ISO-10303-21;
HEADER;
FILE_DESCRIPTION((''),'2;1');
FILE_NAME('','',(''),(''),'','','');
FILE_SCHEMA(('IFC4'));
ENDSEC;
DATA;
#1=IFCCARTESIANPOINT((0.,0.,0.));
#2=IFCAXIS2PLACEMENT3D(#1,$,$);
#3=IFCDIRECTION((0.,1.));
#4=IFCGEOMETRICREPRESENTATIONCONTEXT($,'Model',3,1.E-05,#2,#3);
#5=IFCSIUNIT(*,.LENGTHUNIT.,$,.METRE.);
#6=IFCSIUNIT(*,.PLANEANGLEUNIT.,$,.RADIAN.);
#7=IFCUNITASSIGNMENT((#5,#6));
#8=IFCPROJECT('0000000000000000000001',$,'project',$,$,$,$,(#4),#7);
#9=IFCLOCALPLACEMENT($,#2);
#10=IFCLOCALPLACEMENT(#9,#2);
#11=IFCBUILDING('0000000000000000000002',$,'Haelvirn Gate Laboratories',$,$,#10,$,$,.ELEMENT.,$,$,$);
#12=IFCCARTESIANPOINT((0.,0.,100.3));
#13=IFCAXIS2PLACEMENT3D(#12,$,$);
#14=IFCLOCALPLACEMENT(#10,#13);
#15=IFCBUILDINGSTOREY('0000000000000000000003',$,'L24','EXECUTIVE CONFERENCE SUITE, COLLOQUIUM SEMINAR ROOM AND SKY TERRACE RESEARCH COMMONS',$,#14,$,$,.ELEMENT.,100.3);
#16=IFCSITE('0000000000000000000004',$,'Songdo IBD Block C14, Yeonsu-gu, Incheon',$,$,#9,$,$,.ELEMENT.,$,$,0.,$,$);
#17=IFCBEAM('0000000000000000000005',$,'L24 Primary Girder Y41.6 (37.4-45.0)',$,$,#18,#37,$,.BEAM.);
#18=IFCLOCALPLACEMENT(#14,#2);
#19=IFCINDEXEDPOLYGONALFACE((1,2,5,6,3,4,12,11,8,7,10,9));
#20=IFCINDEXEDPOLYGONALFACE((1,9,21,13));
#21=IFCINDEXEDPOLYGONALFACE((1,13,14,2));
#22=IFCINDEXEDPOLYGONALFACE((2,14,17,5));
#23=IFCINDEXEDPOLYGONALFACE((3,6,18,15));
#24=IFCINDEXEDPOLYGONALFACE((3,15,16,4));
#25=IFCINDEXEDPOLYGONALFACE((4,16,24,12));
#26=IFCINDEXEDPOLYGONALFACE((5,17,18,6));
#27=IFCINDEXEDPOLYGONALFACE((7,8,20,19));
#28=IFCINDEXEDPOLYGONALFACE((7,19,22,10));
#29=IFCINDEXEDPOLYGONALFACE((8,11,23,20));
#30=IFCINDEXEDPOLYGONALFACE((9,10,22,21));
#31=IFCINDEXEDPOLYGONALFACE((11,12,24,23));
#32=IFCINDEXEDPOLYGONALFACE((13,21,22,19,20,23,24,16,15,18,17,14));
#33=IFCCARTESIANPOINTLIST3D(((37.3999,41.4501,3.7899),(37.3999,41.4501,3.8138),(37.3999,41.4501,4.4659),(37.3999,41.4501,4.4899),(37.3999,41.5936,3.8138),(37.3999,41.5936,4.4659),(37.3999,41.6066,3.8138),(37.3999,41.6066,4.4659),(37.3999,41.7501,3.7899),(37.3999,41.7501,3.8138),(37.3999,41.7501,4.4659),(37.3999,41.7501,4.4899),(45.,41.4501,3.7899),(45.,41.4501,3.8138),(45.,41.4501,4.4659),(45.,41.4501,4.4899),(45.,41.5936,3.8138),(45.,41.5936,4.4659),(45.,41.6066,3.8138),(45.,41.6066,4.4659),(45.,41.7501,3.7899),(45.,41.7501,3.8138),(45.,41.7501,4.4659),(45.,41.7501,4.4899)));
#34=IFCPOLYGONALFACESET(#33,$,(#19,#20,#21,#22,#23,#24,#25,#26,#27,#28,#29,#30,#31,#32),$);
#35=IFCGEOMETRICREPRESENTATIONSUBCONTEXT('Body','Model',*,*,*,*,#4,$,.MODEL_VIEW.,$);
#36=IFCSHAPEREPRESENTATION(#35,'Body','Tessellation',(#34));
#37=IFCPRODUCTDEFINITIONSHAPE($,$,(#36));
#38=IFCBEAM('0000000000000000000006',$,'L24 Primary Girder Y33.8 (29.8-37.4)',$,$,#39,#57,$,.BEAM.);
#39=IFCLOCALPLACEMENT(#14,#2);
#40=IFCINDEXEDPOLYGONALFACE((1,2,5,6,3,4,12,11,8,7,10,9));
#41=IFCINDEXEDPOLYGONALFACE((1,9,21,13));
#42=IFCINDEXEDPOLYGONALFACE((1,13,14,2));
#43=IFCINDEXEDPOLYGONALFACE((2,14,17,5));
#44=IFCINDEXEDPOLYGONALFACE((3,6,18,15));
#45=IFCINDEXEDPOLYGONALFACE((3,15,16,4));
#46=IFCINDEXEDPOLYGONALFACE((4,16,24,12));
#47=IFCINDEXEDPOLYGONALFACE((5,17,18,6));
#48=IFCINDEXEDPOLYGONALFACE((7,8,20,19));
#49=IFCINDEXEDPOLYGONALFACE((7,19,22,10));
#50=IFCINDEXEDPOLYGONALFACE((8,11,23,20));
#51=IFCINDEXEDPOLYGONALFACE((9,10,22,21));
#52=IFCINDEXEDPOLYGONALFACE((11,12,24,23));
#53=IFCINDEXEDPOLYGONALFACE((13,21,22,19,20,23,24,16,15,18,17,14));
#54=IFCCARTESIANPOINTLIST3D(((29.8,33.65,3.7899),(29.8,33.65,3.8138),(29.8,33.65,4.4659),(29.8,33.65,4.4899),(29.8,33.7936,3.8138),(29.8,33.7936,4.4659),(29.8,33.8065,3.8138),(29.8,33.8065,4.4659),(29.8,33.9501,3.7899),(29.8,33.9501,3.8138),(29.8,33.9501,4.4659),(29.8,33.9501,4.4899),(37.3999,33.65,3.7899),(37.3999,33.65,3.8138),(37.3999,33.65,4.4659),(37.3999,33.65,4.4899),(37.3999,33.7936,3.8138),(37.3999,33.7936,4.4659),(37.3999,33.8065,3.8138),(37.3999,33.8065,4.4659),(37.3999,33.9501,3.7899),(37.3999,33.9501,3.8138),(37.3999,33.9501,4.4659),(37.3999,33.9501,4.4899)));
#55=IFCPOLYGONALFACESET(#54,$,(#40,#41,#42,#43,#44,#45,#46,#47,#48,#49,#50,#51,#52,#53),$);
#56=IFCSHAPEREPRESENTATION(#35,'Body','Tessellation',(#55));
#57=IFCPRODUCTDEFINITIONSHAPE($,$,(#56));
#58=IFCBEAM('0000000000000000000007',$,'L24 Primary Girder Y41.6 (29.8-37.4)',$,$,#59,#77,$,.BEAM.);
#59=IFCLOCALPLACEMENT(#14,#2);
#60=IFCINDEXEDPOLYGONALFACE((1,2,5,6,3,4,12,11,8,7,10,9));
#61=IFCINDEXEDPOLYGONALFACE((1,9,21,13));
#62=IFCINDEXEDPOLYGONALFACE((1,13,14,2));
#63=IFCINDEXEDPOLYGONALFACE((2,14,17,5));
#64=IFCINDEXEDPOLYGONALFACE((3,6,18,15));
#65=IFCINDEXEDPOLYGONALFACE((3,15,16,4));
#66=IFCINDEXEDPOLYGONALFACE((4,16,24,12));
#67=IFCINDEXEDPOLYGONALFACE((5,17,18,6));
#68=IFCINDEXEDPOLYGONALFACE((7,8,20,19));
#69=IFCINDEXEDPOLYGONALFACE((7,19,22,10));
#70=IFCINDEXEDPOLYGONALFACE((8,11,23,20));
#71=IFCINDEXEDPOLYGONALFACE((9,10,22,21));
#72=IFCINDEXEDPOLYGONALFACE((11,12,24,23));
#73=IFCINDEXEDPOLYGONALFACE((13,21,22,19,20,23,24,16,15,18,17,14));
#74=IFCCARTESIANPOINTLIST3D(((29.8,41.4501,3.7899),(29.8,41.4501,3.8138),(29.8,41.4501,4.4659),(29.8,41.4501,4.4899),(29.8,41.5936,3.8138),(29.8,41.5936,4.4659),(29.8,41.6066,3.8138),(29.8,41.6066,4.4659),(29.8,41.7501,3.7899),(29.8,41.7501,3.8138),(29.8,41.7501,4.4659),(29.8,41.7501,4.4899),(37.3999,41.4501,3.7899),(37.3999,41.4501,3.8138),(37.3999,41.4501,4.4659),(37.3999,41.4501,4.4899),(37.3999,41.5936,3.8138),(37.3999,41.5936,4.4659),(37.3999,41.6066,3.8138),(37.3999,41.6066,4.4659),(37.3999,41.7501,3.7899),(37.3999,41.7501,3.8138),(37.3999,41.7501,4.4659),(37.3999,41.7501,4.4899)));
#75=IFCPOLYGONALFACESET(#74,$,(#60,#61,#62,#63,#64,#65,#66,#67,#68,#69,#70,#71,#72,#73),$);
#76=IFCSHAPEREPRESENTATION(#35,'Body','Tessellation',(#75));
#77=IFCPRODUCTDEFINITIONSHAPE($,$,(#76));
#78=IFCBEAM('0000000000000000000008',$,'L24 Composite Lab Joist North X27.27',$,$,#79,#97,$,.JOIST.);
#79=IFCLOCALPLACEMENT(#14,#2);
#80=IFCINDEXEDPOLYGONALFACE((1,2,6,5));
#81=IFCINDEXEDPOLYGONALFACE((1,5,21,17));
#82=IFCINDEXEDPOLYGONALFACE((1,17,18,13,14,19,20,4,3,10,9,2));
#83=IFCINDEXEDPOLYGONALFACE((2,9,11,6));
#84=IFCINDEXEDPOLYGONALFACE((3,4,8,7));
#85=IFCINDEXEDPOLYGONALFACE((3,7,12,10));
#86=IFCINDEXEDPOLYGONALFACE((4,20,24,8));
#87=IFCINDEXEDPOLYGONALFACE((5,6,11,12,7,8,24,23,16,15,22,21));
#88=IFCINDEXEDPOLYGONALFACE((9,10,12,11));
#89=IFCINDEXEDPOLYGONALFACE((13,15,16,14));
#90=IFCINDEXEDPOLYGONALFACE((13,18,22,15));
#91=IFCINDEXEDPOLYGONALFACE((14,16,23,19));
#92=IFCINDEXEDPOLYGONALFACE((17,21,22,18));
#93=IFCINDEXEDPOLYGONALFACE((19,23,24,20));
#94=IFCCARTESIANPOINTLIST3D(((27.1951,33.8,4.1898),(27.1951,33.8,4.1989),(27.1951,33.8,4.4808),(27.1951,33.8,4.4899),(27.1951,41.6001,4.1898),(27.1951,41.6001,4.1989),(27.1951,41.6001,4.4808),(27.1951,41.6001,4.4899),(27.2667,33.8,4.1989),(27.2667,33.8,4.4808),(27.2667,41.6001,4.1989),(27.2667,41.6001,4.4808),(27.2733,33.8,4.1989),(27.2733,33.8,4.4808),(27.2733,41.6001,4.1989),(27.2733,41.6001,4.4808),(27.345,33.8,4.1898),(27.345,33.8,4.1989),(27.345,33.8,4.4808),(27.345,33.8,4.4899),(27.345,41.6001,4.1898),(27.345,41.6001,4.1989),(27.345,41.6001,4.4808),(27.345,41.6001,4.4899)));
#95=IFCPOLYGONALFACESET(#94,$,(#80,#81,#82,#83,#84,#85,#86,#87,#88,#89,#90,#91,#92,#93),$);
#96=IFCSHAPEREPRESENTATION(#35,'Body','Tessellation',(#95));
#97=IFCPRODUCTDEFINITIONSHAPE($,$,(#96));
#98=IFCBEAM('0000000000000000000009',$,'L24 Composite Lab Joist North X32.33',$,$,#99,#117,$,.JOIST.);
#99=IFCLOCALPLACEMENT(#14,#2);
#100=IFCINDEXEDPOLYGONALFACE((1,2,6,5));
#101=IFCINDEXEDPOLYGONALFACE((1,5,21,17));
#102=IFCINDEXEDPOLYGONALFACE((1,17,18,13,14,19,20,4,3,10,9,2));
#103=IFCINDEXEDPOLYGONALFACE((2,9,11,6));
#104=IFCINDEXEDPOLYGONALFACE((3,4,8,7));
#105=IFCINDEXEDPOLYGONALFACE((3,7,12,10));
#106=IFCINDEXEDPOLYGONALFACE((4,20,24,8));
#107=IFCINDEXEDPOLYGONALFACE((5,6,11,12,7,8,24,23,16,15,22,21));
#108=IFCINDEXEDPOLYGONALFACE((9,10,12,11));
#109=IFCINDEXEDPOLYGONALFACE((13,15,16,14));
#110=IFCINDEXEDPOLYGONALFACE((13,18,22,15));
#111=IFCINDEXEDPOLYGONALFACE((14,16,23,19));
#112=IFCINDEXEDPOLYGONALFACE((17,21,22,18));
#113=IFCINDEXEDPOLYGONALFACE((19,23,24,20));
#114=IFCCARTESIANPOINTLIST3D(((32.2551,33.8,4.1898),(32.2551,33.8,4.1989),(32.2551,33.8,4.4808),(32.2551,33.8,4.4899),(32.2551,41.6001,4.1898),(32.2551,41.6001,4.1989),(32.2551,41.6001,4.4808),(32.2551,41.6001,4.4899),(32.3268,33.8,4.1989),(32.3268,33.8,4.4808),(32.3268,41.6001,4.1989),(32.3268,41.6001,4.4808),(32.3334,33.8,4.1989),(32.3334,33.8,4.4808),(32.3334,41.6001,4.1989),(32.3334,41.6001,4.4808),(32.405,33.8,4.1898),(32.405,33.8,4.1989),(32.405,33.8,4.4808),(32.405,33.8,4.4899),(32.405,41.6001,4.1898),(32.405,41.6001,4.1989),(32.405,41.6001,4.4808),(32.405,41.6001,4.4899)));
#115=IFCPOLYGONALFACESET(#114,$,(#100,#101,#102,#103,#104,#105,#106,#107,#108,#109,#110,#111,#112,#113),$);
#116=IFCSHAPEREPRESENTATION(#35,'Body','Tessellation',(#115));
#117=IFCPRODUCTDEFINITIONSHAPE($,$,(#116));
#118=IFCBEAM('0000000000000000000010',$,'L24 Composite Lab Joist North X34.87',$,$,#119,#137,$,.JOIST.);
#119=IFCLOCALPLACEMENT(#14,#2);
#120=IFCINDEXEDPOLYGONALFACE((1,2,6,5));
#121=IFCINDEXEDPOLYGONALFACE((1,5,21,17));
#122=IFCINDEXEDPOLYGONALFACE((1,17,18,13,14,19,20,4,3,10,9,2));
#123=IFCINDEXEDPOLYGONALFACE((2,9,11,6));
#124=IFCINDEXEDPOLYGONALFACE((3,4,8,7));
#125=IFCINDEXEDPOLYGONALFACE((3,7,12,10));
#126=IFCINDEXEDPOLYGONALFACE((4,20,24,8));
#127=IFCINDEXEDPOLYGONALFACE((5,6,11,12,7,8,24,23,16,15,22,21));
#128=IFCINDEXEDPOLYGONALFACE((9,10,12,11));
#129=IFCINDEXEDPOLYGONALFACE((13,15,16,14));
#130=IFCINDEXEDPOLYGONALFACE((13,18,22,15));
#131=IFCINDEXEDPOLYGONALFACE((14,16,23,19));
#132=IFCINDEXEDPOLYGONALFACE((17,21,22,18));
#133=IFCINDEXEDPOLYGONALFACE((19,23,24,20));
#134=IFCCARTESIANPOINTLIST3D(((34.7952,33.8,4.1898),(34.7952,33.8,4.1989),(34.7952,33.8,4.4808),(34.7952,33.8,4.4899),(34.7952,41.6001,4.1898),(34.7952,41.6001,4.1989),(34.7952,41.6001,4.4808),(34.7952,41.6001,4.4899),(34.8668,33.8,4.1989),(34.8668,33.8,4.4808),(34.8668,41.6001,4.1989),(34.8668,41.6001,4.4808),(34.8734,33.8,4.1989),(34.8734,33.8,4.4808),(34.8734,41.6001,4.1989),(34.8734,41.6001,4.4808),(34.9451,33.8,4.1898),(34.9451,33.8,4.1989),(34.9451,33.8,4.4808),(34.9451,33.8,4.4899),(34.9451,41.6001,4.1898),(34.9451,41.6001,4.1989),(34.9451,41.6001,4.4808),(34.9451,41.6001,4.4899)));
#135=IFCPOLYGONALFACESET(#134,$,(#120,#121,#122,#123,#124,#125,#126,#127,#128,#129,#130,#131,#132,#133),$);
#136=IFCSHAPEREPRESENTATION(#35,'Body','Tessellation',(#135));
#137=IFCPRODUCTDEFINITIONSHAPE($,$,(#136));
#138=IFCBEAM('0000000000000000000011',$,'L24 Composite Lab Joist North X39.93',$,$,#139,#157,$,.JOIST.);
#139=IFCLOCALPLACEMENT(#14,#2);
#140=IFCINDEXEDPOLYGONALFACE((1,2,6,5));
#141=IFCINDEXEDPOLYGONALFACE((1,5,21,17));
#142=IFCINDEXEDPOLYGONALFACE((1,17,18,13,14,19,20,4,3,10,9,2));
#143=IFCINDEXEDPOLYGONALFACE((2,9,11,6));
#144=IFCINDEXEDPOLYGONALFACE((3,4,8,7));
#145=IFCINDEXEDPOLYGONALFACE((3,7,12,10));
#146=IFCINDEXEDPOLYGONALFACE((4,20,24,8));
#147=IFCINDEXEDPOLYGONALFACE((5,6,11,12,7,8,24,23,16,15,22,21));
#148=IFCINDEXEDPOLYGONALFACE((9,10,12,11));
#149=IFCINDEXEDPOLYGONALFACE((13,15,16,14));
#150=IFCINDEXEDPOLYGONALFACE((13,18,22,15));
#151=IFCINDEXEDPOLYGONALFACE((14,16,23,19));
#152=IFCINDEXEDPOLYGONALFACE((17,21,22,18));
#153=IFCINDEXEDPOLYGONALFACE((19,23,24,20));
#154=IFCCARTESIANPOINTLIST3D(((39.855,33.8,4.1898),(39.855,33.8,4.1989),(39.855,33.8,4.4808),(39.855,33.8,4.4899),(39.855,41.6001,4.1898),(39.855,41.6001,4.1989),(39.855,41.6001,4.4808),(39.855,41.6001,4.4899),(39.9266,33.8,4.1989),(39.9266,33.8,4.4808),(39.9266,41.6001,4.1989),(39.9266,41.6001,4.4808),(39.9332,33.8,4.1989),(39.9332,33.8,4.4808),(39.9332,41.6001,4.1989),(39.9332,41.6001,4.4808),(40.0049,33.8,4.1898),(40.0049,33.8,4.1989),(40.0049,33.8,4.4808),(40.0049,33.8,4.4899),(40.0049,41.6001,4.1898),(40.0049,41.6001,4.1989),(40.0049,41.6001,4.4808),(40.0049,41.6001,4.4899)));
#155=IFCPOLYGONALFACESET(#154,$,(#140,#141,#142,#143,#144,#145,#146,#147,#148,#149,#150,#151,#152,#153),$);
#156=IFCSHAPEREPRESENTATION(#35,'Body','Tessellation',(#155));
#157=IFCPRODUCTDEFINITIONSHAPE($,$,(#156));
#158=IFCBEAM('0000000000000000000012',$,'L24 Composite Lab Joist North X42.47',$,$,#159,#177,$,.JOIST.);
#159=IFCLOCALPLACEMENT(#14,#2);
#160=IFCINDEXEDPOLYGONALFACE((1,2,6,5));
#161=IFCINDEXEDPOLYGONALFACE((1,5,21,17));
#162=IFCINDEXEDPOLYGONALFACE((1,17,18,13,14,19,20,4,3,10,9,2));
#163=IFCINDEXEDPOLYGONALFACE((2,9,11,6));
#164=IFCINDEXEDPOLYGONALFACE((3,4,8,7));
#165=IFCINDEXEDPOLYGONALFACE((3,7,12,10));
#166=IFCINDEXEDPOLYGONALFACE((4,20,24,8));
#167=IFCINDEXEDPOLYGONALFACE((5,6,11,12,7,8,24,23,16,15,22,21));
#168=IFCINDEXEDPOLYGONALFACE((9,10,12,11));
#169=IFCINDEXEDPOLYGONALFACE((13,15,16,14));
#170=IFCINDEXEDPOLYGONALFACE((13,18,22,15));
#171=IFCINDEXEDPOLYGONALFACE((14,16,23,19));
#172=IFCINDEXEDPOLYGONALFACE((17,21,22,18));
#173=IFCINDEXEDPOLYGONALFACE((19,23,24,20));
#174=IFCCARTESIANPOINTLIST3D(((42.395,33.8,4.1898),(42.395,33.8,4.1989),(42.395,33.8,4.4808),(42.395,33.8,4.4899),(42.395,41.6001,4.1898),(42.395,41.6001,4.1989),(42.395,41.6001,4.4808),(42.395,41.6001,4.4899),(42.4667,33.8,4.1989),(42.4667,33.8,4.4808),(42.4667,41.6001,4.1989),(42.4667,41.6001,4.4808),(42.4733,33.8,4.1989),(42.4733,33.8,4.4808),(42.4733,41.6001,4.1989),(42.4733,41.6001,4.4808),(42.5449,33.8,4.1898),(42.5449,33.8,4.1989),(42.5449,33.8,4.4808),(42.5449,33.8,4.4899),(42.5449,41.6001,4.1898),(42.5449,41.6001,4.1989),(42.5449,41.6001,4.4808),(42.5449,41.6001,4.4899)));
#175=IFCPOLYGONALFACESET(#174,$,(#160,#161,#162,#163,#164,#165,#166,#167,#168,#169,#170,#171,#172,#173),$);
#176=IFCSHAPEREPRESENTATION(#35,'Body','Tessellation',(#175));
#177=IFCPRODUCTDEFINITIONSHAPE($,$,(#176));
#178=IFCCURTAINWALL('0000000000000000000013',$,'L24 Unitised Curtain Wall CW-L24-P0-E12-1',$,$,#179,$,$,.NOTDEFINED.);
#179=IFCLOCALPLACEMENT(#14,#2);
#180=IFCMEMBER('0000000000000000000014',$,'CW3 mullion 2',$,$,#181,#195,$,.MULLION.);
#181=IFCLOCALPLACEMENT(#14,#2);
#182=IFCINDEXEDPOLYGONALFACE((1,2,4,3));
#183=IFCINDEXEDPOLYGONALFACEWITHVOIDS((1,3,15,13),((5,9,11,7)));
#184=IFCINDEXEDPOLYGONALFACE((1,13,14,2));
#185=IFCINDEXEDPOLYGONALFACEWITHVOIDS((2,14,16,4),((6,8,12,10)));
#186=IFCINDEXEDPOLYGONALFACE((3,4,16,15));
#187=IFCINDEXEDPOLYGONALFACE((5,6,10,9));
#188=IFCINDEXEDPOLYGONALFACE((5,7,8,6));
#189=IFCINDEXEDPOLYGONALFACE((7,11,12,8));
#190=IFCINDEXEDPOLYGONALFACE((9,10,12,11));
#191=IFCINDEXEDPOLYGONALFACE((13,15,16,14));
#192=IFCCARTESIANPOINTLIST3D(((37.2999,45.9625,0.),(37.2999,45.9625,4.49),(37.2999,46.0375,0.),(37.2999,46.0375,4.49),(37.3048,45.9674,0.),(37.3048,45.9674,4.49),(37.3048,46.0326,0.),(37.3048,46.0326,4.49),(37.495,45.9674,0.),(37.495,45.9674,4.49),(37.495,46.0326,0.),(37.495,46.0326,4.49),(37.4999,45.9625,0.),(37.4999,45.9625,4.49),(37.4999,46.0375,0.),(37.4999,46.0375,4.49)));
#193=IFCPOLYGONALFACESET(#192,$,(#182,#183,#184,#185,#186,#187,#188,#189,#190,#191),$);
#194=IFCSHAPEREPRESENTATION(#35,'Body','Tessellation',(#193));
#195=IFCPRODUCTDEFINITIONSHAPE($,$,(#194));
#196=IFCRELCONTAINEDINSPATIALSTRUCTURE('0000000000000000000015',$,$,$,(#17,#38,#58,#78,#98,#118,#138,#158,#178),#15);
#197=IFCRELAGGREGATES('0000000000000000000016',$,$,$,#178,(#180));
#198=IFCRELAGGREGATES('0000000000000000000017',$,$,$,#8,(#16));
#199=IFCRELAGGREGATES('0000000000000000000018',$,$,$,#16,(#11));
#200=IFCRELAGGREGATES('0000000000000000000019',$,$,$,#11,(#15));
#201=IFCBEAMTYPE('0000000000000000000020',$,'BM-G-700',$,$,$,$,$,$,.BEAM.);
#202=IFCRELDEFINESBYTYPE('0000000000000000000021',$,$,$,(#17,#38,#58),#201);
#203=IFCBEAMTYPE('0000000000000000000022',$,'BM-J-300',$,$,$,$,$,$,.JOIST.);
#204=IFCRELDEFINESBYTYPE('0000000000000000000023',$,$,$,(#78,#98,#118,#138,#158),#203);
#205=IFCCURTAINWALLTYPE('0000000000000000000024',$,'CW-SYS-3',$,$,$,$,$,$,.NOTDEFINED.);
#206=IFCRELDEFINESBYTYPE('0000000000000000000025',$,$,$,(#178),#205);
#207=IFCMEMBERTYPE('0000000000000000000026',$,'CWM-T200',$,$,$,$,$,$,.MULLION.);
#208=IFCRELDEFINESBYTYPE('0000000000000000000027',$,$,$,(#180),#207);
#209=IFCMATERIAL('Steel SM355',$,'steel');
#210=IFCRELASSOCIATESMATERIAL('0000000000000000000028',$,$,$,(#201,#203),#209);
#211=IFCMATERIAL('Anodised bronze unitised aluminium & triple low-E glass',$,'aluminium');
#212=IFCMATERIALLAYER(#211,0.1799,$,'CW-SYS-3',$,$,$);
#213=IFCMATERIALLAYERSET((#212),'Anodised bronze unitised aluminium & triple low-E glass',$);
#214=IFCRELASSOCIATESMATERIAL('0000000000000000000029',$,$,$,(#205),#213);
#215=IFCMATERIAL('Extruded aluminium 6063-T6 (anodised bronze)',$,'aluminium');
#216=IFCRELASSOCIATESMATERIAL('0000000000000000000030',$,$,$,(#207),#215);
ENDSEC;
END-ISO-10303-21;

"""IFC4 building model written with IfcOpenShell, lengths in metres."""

from ifc_helpers import new_model, si_unit, direction, frame, origin, origin_2d, place, context, subcontext, project, spatial, hollow_rectangle, i_section, extrude, source, transform, mapped, material, layer, layer_set, material_profile, profile_set, type_object, type_shapes, element, aggregate, save


model = new_model("IFC4")

# Units and contexts
model_context = context("Model", 3, precision=1e-05, world=origin(), true_north=direction((0.0, 1.0)))
body_context = subcontext(model_context, "Body", "Model", "MODEL_VIEW")
ifc_project = project(units=[si_unit("LENGTHUNIT", "METRE"), si_unit("PLANEANGLEUNIT", "RADIAN")], contexts=[model_context])

# Site, building, storey
site_placement = place(None, origin())
site = spatial("IfcSite", under=ifc_project, at=site_placement, Name="Songdo IBD Block C14, Yeonsu-gu, Incheon", CompositionType="ELEMENT", RefElevation=0.0)
building_placement = place(site_placement, origin())
building = spatial("IfcBuilding", under=site, at=building_placement, Name="Haelvirn Gate Laboratories", CompositionType="ELEMENT")
storey_placement = place(building_placement, frame((0.0, 0.0, 100.3)))
storey = spatial("IfcBuildingStorey", under=building, at=storey_placement, Name="L24", Description="EXECUTIVE CONFERENCE SUITE, COLLOQUIUM SEMINAR ROOM AND SKY TERRACE RESEARCH COMMONS", CompositionType="ELEMENT", Elevation=100.3)

# Shared definitions
ifc_material_1 = material(Name="Steel SM355", Category="steel")

# Beams
ifc_material_profile_1 = material_profile(ifc_material_1, i_section(OverallWidth=0.3, OverallDepth=0.7, WebThickness=0.0129, FlangeThickness=0.0239, at=origin_2d()), Name="H-700x300x13x24")
ifc_profile_set_1 = profile_set([ifc_material_profile_1], Name="Steel SM355")
beam_type_1 = type_object("IfcBeamType", Name="BM-G-700", PredefinedType="BEAM", material=ifc_profile_set_1)
shared_shape_1 = source(origin(), body_context, "Body", "SweptSolid", [
    extrude(i_section(OverallWidth=0.3, OverallDepth=0.7, WebThickness=0.0129, FlangeThickness=0.0239, at=origin_2d()), origin(), (0.0, 0.0, 1.0), 7.6001),
])
for number, where, z_axis, x_axis, name in (
    (1, (37.3999, 41.6001, 4.1399), (1.0, 0.0, 0.0), (0.0, 1.0, 0.0), "L24 Primary Girder Y41.6 (37.4-45.0)"),
):
    element("IfcBeam", number, at=place(storey_placement, frame(where, z_axis=z_axis, x_axis=x_axis)), inside=storey, type_object=beam_type_1, Name=name, PredefinedType="BEAM", context=body_context, shape_type="MappedRepresentation", body=[
        mapped(shared_shape_1, transform((0.0, 0.0, 0.0), scale=1.0)),
    ])
shared_shape_2 = source(origin(), body_context, "Body", "SweptSolid", [
    extrude(i_section(OverallWidth=0.3, OverallDepth=0.7, WebThickness=0.0129, FlangeThickness=0.0239, at=origin_2d()), origin(), (0.0, 0.0, 1.0), 7.5999),
])
type_shapes(beam_type_1, [shared_shape_1, shared_shape_2])
for number, where, z_axis, x_axis, name in (
    (2, (29.8, 33.8, 4.1399), (1.0, 0.0, 0.0), (0.0, 1.0, 0.0), "L24 Primary Girder Y33.8 (29.8-37.4)"),
    (3, (29.8, 41.6001, 4.1399), (1.0, 0.0, 0.0), (0.0, 1.0, 0.0), "L24 Primary Girder Y41.6 (29.8-37.4)"),
):
    element("IfcBeam", number, at=place(storey_placement, frame(where, z_axis=z_axis, x_axis=x_axis)), inside=storey, type_object=beam_type_1, Name=name, PredefinedType="BEAM", context=body_context, shape_type="MappedRepresentation", body=[
        mapped(shared_shape_2, transform((0.0, 0.0, 0.0), scale=1.0)),
    ])
ifc_material_profile_2 = material_profile(ifc_material_1, i_section(OverallWidth=0.1499, OverallDepth=0.3, WebThickness=0.0066, FlangeThickness=0.009, at=origin_2d()), Name="H-300x150x6.5x9")
ifc_profile_set_2 = profile_set([ifc_material_profile_2], Name="Steel SM355")
beam_type_2 = type_object("IfcBeamType", Name="BM-J-300", PredefinedType="JOIST", material=ifc_profile_set_2)
shared_shape_3 = source(origin(), body_context, "Body", "SweptSolid", [
    extrude(i_section(OverallWidth=0.1499, OverallDepth=0.3, WebThickness=0.0066, FlangeThickness=0.009, at=origin_2d()), origin(), (0.0, 0.0, 1.0), 7.8),
])
type_shapes(beam_type_2, [shared_shape_3])
for number, where, z_axis, x_axis, name in (
    (4, (27.27, 33.8, 4.3398), (0.0, 1.0, 0.0), (-1.0, 0.0, 0.0), "L24 Composite Lab Joist North X27.27"),
    (5, (32.3301, 33.8, 4.3398), (0.0, 1.0, 0.0), (-1.0, 0.0, 0.0), "L24 Composite Lab Joist North X32.33"),
    (6, (34.8701, 33.8, 4.3398), (0.0, 1.0, 0.0), (-1.0, 0.0, 0.0), "L24 Composite Lab Joist North X34.87"),
    (7, (39.9299, 33.8, 4.3398), (0.0, 1.0, 0.0), (-1.0, 0.0, 0.0), "L24 Composite Lab Joist North X39.93"),
    (8, (42.47, 33.8, 4.3398), (0.0, 1.0, 0.0), (-1.0, 0.0, 0.0), "L24 Composite Lab Joist North X42.47"),
):
    element("IfcBeam", number, at=place(storey_placement, frame(where, z_axis=z_axis, x_axis=x_axis)), inside=storey, type_object=beam_type_2, Name=name, PredefinedType="JOIST", context=body_context, shape_type="MappedRepresentation", body=[
        mapped(shared_shape_3, transform((0.0, 0.0, 0.0), scale=1.0)),
    ])

# Curtain wall, member
ifc_material_2 = material(Name="Anodised bronze unitised aluminium & triple low-E glass", Category="aluminium")
ifc_layer_1 = layer(ifc_material_2, 0.1799, Name="CW-SYS-3")
ifc_layer_set_1 = layer_set([ifc_layer_1], Name="Anodised bronze unitised aluminium & triple low-E glass")
curtain_wall_type = type_object("IfcCurtainWallType", Name="CW-SYS-3", PredefinedType="NOTDEFINED", material=ifc_layer_set_1)
curtain_wall_placement = place(storey_placement, origin())
curtain_wall = element("IfcCurtainWall", 9, at=curtain_wall_placement, inside=storey, type_object=curtain_wall_type, Name="L24 Unitised Curtain Wall CW-L24-P0-E12-1", PredefinedType="NOTDEFINED")
ifc_material_3 = material(Name="Extruded aluminium 6063-T6 (anodised bronze)", Category="aluminium")
ifc_material_profile_3 = material_profile(ifc_material_3, hollow_rectangle(XDim=0.075, YDim=0.2, WallThickness=0.0049, at=origin_2d()), Name="CWM-200x75x5")
ifc_profile_set_3 = profile_set([ifc_material_profile_3], Name="Extruded aluminium 6063-T6 (anodised bronze)")
member_type_1 = type_object("IfcMemberType", Name="CWM-T200", PredefinedType="MULLION", material=ifc_profile_set_3)
shared_shape_4 = source(origin(), body_context, "Body", "SweptSolid", [
    extrude(hollow_rectangle(XDim=0.075, YDim=0.2, WallThickness=0.0049, at=origin_2d()), origin(), (0.0, 0.0, 1.0), 4.49),
])
type_shapes(member_type_1, [shared_shape_4])
member_1_placement = place(storey_placement, frame((37.3999, 46.0, 0.0), z_axis=(0.0, 0.0, 1.0), x_axis=(0.0, 1.0, 0.0)))
member_1 = element("IfcMember", 10, at=member_1_placement, type_object=member_type_1, Name="CW3 mullion 2", PredefinedType="MULLION", context=body_context, shape_type="MappedRepresentation", body=[
    mapped(shared_shape_4, transform((0.0, 0.0, 0.0), scale=1.0)),
])
aggregate(curtain_wall, [member_1])

save(model, "model.ifc")
